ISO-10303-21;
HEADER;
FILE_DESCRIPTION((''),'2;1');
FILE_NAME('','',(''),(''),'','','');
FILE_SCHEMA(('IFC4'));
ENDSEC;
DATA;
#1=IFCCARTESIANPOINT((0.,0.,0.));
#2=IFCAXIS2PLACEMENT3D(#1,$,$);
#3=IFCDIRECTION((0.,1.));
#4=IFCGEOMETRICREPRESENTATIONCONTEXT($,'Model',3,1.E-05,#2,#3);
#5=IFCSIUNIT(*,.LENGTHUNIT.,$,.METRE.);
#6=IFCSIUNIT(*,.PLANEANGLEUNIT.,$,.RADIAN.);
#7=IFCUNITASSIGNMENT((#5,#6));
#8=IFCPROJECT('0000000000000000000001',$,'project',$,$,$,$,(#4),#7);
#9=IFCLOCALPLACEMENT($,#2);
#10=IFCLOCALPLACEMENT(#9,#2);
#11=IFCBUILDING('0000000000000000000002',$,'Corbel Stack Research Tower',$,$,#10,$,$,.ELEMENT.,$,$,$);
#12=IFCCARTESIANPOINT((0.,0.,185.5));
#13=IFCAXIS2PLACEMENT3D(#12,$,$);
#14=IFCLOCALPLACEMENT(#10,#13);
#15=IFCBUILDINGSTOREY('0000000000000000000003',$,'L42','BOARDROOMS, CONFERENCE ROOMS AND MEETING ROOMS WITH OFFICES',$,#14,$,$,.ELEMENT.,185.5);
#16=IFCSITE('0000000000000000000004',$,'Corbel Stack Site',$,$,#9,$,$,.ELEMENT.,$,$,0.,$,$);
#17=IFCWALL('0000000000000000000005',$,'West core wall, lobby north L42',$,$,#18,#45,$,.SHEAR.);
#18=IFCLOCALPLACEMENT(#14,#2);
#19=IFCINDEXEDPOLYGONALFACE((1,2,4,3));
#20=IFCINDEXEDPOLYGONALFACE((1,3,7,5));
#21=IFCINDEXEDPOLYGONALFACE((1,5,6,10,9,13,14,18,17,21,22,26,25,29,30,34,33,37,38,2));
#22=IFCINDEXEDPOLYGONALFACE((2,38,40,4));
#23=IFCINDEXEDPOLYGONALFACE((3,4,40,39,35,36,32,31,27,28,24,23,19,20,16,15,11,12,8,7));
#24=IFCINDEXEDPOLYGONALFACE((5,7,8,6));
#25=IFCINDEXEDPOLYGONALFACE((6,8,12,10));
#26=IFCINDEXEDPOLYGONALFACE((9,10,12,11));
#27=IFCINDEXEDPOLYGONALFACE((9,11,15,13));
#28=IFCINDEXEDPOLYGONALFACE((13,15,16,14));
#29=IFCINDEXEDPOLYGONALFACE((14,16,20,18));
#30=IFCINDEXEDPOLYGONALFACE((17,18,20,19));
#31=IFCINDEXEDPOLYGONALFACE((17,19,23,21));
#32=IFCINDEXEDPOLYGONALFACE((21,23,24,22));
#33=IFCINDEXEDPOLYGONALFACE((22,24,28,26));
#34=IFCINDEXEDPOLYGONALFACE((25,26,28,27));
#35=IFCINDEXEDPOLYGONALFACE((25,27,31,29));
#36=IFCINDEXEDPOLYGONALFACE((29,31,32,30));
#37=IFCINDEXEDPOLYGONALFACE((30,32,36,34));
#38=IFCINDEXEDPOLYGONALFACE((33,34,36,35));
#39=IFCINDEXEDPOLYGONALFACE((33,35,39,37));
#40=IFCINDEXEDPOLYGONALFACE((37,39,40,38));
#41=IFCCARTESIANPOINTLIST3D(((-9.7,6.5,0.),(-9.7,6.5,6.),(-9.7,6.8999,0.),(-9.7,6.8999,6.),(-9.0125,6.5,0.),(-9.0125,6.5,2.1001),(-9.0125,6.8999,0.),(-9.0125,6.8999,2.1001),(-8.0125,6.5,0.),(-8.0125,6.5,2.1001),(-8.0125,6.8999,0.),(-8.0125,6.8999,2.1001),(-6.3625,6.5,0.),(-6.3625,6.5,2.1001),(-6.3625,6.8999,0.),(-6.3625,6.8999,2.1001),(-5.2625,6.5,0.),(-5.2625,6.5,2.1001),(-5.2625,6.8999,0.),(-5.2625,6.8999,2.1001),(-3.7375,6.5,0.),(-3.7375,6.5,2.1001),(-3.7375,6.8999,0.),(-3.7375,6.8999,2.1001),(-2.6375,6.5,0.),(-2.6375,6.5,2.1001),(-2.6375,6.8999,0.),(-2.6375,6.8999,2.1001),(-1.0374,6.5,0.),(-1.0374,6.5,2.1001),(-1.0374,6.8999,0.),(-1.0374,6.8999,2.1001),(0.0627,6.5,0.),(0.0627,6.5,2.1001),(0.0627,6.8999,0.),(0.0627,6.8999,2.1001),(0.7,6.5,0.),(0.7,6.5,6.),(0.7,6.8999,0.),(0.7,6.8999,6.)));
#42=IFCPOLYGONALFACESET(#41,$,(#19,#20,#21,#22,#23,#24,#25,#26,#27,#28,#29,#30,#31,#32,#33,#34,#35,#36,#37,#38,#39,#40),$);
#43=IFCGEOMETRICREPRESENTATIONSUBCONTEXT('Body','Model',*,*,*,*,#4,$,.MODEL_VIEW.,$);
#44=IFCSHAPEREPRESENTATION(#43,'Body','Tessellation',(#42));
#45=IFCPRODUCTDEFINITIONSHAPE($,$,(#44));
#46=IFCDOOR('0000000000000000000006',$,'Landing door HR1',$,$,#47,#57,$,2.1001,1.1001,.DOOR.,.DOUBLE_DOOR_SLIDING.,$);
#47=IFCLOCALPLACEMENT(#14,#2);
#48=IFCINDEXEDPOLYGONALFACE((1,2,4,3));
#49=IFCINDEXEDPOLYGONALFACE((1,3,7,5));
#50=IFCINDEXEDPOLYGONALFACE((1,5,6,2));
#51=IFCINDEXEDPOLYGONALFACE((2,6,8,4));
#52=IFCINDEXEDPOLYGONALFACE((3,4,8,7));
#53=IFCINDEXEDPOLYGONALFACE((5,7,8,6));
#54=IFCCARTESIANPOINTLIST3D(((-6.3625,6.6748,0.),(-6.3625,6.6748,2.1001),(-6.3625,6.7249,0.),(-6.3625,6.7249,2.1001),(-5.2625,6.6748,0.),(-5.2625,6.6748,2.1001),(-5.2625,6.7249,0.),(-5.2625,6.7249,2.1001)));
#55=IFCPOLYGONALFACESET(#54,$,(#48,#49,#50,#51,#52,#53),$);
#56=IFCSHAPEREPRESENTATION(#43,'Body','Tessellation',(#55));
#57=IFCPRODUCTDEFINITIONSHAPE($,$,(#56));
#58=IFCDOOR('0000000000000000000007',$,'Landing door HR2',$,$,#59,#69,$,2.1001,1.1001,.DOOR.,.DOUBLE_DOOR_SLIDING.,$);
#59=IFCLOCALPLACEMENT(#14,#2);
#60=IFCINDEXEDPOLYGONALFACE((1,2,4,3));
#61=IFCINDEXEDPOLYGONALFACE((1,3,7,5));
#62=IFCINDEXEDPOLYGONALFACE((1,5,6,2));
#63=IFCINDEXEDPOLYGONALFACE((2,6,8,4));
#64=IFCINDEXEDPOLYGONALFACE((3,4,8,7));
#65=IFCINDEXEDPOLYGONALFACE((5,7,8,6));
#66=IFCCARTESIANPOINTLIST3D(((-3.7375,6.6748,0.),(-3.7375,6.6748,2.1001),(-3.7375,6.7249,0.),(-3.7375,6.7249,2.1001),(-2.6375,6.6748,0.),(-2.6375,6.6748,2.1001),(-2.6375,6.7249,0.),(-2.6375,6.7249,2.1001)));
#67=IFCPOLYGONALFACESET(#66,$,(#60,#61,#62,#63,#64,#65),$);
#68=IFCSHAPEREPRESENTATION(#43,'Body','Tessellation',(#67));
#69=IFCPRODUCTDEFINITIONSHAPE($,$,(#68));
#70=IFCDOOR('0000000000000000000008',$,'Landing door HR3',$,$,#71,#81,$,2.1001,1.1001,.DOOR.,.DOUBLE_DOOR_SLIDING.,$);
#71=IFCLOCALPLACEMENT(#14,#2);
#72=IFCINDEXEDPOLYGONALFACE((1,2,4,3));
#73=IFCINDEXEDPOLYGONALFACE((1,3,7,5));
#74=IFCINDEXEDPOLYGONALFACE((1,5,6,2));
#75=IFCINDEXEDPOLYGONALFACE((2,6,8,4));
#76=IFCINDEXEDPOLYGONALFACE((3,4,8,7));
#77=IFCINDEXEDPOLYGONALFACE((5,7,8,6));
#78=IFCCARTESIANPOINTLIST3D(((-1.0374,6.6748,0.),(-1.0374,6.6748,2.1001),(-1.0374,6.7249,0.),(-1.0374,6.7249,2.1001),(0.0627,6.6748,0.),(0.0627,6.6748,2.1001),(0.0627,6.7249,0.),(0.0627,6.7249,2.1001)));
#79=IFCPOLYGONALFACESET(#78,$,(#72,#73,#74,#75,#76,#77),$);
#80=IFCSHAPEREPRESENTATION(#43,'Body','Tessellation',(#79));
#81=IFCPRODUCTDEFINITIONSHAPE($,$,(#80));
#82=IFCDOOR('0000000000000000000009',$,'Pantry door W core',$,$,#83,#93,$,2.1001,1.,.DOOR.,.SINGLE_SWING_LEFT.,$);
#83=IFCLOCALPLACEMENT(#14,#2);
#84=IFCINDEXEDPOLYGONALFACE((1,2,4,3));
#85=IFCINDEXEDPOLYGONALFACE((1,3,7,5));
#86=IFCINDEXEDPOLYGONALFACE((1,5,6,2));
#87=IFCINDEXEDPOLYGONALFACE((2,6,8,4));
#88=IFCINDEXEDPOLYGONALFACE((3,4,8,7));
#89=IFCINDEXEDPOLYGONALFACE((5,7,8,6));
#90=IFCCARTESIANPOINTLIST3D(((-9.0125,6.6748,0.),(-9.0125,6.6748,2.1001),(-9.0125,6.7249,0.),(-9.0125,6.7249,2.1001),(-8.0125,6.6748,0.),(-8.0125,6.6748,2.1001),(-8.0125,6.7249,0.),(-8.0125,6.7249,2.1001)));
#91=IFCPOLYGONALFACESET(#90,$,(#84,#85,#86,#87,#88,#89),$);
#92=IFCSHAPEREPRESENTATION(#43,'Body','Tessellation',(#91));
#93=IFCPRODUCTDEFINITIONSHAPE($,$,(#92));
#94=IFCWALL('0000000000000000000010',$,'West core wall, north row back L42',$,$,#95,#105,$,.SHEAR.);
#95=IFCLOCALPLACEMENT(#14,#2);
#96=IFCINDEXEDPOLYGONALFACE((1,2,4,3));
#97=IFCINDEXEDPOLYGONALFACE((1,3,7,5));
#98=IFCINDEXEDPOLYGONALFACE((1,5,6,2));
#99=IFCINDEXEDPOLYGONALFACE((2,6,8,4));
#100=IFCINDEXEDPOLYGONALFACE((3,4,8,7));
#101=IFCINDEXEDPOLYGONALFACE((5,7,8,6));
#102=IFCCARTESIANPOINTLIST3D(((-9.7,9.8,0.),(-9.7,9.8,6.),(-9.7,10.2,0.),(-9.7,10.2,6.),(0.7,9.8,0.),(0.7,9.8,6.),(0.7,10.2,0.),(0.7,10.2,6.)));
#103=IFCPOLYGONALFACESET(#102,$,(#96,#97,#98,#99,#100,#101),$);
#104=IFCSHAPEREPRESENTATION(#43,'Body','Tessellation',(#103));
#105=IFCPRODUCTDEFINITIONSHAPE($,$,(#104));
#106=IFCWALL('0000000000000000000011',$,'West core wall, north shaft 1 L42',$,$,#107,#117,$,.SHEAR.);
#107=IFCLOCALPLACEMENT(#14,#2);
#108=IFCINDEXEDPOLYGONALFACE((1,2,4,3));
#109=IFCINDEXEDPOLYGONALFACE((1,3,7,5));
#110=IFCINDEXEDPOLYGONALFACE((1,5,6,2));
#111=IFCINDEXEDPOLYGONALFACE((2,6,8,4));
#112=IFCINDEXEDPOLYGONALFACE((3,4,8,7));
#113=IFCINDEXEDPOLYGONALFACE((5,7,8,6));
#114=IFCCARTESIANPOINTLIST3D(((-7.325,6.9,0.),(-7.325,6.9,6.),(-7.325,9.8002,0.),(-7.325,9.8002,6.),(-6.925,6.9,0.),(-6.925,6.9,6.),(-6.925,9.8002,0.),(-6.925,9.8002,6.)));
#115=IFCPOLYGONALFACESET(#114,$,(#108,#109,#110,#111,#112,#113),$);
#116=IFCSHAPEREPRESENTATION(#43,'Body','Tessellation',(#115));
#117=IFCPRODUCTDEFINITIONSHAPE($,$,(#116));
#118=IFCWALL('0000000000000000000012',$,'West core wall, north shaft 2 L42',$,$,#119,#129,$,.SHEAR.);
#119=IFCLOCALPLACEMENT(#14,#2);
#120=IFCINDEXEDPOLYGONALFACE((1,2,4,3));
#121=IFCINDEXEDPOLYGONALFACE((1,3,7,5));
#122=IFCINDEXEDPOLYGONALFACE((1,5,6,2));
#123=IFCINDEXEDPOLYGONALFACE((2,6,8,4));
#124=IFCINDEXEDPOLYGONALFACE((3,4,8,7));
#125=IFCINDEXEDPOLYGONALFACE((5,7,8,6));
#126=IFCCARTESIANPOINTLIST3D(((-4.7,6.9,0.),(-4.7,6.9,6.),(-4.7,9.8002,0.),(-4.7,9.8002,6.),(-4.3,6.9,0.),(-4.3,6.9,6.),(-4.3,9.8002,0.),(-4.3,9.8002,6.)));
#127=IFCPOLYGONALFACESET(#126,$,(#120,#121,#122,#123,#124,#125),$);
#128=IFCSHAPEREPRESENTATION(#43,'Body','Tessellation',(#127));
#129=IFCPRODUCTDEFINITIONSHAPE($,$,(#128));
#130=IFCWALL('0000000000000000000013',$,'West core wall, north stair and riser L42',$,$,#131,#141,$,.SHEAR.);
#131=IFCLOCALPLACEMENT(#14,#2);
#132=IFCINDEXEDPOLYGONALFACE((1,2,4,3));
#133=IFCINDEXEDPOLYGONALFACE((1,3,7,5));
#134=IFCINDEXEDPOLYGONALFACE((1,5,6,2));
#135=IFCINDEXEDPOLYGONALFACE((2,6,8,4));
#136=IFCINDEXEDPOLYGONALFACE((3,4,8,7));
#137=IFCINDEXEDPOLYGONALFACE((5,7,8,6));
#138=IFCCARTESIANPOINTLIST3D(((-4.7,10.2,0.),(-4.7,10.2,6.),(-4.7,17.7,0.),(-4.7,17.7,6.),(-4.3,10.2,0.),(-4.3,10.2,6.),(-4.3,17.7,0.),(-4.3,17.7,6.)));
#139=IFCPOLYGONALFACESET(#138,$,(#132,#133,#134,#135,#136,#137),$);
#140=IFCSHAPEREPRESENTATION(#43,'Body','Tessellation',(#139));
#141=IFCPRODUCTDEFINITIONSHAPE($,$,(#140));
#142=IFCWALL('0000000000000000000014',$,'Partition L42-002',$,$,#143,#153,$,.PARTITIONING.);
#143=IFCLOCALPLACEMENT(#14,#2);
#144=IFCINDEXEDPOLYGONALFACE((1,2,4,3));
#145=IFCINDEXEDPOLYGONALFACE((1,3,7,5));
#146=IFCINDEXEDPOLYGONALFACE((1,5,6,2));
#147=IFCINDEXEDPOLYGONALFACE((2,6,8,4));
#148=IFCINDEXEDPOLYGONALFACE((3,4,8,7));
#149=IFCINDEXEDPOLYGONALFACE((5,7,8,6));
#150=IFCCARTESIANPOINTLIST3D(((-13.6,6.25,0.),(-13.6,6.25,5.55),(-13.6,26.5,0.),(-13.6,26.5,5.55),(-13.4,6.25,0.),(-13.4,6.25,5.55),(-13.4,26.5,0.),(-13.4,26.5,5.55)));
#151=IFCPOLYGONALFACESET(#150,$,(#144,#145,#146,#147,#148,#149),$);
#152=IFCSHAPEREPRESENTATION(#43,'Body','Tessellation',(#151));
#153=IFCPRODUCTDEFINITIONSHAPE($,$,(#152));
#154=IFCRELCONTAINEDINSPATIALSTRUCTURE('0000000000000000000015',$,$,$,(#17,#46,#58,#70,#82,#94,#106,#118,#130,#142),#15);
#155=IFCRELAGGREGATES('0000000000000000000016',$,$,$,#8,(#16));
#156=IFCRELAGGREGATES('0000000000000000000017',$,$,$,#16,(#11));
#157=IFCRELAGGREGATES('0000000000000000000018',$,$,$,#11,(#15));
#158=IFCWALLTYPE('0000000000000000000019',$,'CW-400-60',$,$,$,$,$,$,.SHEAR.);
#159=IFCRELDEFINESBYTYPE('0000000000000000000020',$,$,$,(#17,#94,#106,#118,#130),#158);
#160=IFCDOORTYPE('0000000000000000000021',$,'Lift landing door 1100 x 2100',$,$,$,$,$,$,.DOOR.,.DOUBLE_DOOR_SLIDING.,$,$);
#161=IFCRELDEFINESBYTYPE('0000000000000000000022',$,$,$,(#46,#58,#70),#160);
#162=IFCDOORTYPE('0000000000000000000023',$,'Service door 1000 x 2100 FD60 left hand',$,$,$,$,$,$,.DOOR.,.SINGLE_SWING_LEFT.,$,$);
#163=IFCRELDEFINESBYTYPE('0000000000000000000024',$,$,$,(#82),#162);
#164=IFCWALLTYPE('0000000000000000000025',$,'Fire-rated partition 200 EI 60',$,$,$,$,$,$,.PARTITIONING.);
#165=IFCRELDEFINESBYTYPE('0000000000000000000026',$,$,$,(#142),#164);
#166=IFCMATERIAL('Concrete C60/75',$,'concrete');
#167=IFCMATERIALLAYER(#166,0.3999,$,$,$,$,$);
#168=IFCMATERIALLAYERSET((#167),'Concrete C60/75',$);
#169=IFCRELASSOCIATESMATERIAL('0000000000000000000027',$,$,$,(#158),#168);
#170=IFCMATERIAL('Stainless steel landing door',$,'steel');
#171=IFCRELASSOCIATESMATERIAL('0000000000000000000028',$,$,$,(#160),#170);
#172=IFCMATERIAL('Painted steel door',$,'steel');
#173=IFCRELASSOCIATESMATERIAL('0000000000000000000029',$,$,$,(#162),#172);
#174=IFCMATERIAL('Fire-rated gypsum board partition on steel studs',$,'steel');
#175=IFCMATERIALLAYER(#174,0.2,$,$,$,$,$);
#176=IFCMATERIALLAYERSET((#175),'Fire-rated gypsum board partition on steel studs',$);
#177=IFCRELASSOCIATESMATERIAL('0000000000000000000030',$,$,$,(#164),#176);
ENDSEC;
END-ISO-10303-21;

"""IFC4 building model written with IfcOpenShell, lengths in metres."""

from ifc_helpers import new_model, si_unit, direction, frame, frame_2d, origin, place, context, subcontext, project, spatial, rectangle, extrude, material, layer, layer_set, type_object, element, fill, save


model = new_model("IFC4")

# Units and contexts
model_context = context("Model", 3, precision=1e-05, world=origin(), true_north=direction((0.0, 1.0)))
body_context = subcontext(model_context, "Body", "Model", "MODEL_VIEW")
ifc_project = project(units=[si_unit("LENGTHUNIT", "METRE"), si_unit("PLANEANGLEUNIT", "RADIAN")], contexts=[model_context])

# Site, building, storey
site_placement = place(None, origin())
site = spatial("IfcSite", under=ifc_project, at=site_placement, Name="Corbel Stack Site", CompositionType="ELEMENT", RefElevation=0.0)
building_placement = place(site_placement, origin())
building = spatial("IfcBuilding", under=site, at=building_placement, Name="Corbel Stack Research Tower", CompositionType="ELEMENT")
storey_placement = place(building_placement, frame((0.0, 0.0, 185.5)))
storey = spatial("IfcBuildingStorey", under=building, at=storey_placement, Name="L42", Description="BOARDROOMS, CONFERENCE ROOMS AND MEETING ROOMS WITH OFFICES", CompositionType="ELEMENT", Elevation=185.5)

# Wall, openings, doors
ifc_material_1 = material(Name="Concrete C60/75", Category="concrete")
ifc_layer_1 = layer(ifc_material_1, 0.3999)
ifc_layer_set_1 = layer_set([ifc_layer_1], Name="Concrete C60/75")
wall_type_1 = type_object("IfcWallType", Name="CW-400-60", PredefinedType="SHEAR", material=ifc_layer_set_1)
ifc_material_2 = material(Name="Stainless steel landing door", Category="steel")
door_type_1 = type_object("IfcDoorType", Name="Lift landing door 1100 x 2100", OperationType="DOUBLE_DOOR_SLIDING", PredefinedType="DOOR", material=ifc_material_2)
ifc_material_3 = material(Name="Painted steel door", Category="steel")
door_type_2 = type_object("IfcDoorType", Name="Service door 1000 x 2100 FD60 left hand", OperationType="SINGLE_SWING_LEFT", PredefinedType="DOOR", material=ifc_material_3)
wall_1_placement = place(storey_placement, frame((-9.7, 6.7, 0.0), z_axis=(0.0, 0.0, 1.0), x_axis=(1.0, 0.0, 0.0)))
wall_1 = element("IfcWall", 1, at=wall_1_placement, inside=storey, type_object=wall_type_1, Name="West core wall, lobby north L42", PredefinedType="SHEAR", context=body_context, shape_type="SweptSolid", body=[
    extrude(rectangle(XDim=10.3999, YDim=0.3999, at=frame_2d((5.2, 0.0))), origin(), (0.0, 0.0, 1.0), 6.0),
])
opening_1_placement = place(wall_1_placement, frame((3.3374, 0.0, 0.0)))
opening_1 = element("IfcOpeningElement", 2, at=opening_1_placement, cuts=wall_1, PredefinedType="OPENING", context=body_context, shape_type="SweptSolid", body=[
    extrude(rectangle(XDim=1.1001, YDim=2.1001, at=frame_2d((0.55, 1.05))), frame((0.0, 0.21, 0.0), z_axis=(0.0, -1.0, 0.0), x_axis=(1.0, 0.0, 0.0)), (0.0, 0.0, 1.0), 0.4199),
])
opening_2_placement = place(wall_1_placement, frame((5.9624, 0.0, 0.0)))
opening_2 = element("IfcOpeningElement", 3, at=opening_2_placement, cuts=wall_1, PredefinedType="OPENING", context=body_context, shape_type="SweptSolid", body=[
    extrude(rectangle(XDim=1.1001, YDim=2.1001, at=frame_2d((0.55, 1.05))), frame((0.0, 0.21, 0.0), z_axis=(0.0, -1.0, 0.0), x_axis=(1.0, 0.0, 0.0)), (0.0, 0.0, 1.0), 0.4199),
])
opening_3_placement = place(wall_1_placement, frame((8.6626, 0.0, 0.0)))
opening_3 = element("IfcOpeningElement", 4, at=opening_3_placement, cuts=wall_1, PredefinedType="OPENING", context=body_context, shape_type="SweptSolid", body=[
    extrude(rectangle(XDim=1.1001, YDim=2.1001, at=frame_2d((0.55, 1.05))), frame((0.0, 0.21, 0.0), z_axis=(0.0, -1.0, 0.0), x_axis=(1.0, 0.0, 0.0)), (0.0, 0.0, 1.0), 0.4199),
])
opening_4_placement = place(wall_1_placement, frame((0.6875, 0.0, 0.0)))
opening_4 = element("IfcOpeningElement", 5, at=opening_4_placement, cuts=wall_1, PredefinedType="OPENING", context=body_context, shape_type="SweptSolid", body=[
    extrude(rectangle(XDim=1.0, YDim=2.1001, at=frame_2d((0.5, 1.05))), frame((0.0, 0.21, 0.0), z_axis=(0.0, -1.0, 0.0), x_axis=(1.0, 0.0, 0.0)), (0.0, 0.0, 1.0), 0.4199),
])
door_1_placement = place(opening_1_placement, origin())
door_1 = element("IfcDoor", 6, at=door_1_placement, inside=storey, type_object=door_type_1, Name="Landing door HR1", OperationType="DOUBLE_DOOR_SLIDING", OverallHeight=2.1001, OverallWidth=1.1001, PredefinedType="DOOR", context=body_context, shape_type="SweptSolid", body=[
    extrude(rectangle(XDim=1.1001, YDim=2.1001, at=frame_2d((0.55, 1.05))), frame((0.0, 0.0249, 0.0), z_axis=(0.0, -1.0, 0.0), x_axis=(1.0, 0.0, 0.0)), (0.0, 0.0, 1.0), 0.05),
])
fill(opening_1, door_1)
door_2_placement = place(opening_2_placement, origin())
door_2 = element("IfcDoor", 7, at=door_2_placement, inside=storey, type_object=door_type_1, Name="Landing door HR2", OperationType="DOUBLE_DOOR_SLIDING", OverallHeight=2.1001, OverallWidth=1.1001, PredefinedType="DOOR", context=body_context, shape_type="SweptSolid", body=[
    extrude(rectangle(XDim=1.1001, YDim=2.1001, at=frame_2d((0.55, 1.05))), frame((0.0, 0.0249, 0.0), z_axis=(0.0, -1.0, 0.0), x_axis=(1.0, 0.0, 0.0)), (0.0, 0.0, 1.0), 0.05),
])
fill(opening_2, door_2)
door_3_placement = place(opening_3_placement, origin())
door_3 = element("IfcDoor", 8, at=door_3_placement, inside=storey, type_object=door_type_1, Name="Landing door HR3", OperationType="DOUBLE_DOOR_SLIDING", OverallHeight=2.1001, OverallWidth=1.1001, PredefinedType="DOOR", context=body_context, shape_type="SweptSolid", body=[
    extrude(rectangle(XDim=1.1001, YDim=2.1001, at=frame_2d((0.55, 1.05))), frame((0.0, 0.0249, 0.0), z_axis=(0.0, -1.0, 0.0), x_axis=(1.0, 0.0, 0.0)), (0.0, 0.0, 1.0), 0.05),
])
fill(opening_3, door_3)
door_4_placement = place(opening_4_placement, origin())
door_4 = element("IfcDoor", 9, at=door_4_placement, inside=storey, type_object=door_type_2, Name="Pantry door W core", OperationType="SINGLE_SWING_LEFT", OverallHeight=2.1001, OverallWidth=1.0, PredefinedType="DOOR", context=body_context, shape_type="SweptSolid", body=[
    extrude(rectangle(XDim=1.0, YDim=2.1001, at=frame_2d((0.5, 1.05))), frame((0.0, 0.0249, 0.0), z_axis=(0.0, -1.0, 0.0), x_axis=(1.0, 0.0, 0.0)), (0.0, 0.0, 1.0), 0.05),
])
fill(opening_4, door_4)

# Walls
wall_2_placement = place(storey_placement, frame((-9.7, 10.0, 0.0), z_axis=(0.0, 0.0, 1.0), x_axis=(1.0, 0.0, 0.0)))
element("IfcWall", 10, at=wall_2_placement, inside=storey, type_object=wall_type_1, Name="West core wall, north row back L42", PredefinedType="SHEAR", context=body_context, shape_type="SweptSolid", body=[
    extrude(rectangle(XDim=10.3999, YDim=0.3999, at=frame_2d((5.2, 0.0))), origin(), (0.0, 0.0, 1.0), 6.0),
])
for number, where, z_axis, x_axis, name in (
    (11, (-7.125, 6.8999, 0.0), (0.0, 0.0, 1.0), (0.0, 1.0, 0.0), "West core wall, north shaft 1 L42"),
    (12, (-4.5, 6.8999, 0.0), (0.0, 0.0, 1.0), (0.0, 1.0, 0.0), "West core wall, north shaft 2 L42"),
):
    element("IfcWall", number, at=place(storey_placement, frame(where, z_axis=z_axis, x_axis=x_axis)), inside=storey, type_object=wall_type_1, Name=name, PredefinedType="SHEAR", context=body_context, shape_type="SweptSolid", body=[
        extrude(rectangle(XDim=2.9001, YDim=0.3999, at=frame_2d((1.4502, 0.0))), origin(), (0.0, 0.0, 1.0), 6.0),
    ])
wall_3_placement = place(storey_placement, frame((-4.5, 10.2, 0.0), z_axis=(0.0, 0.0, 1.0), x_axis=(0.0, 1.0, 0.0)))
element("IfcWall", 13, at=wall_3_placement, inside=storey, type_object=wall_type_1, Name="West core wall, north stair and riser L42", PredefinedType="SHEAR", context=body_context, shape_type="SweptSolid", body=[
    extrude(rectangle(XDim=7.5, YDim=0.3999, at=frame_2d((3.75, 0.0))), origin(), (0.0, 0.0, 1.0), 6.0),
])
ifc_material_4 = material(Name="Fire-rated gypsum board partition on steel studs", Category="steel")
ifc_layer_2 = layer(ifc_material_4, 0.2)
ifc_layer_set_2 = layer_set([ifc_layer_2], Name="Fire-rated gypsum board partition on steel studs")
wall_type_2 = type_object("IfcWallType", Name="Fire-rated partition 200 EI 60", PredefinedType="PARTITIONING", material=ifc_layer_set_2)
wall_4_placement = place(storey_placement, frame((-13.5, 6.25, 0.0), z_axis=(0.0, 0.0, 1.0), x_axis=(0.0, 1.0, 0.0)))
element("IfcWall", 14, at=wall_4_placement, inside=storey, type_object=wall_type_2, Name="Partition L42-002", PredefinedType="PARTITIONING", context=body_context, shape_type="SweptSolid", body=[
    extrude(rectangle(XDim=20.25, YDim=0.2, at=frame_2d((10.125, 0.0))), origin(), (0.0, 0.0, 1.0), 5.55),
])

save(model, "model.ifc")
